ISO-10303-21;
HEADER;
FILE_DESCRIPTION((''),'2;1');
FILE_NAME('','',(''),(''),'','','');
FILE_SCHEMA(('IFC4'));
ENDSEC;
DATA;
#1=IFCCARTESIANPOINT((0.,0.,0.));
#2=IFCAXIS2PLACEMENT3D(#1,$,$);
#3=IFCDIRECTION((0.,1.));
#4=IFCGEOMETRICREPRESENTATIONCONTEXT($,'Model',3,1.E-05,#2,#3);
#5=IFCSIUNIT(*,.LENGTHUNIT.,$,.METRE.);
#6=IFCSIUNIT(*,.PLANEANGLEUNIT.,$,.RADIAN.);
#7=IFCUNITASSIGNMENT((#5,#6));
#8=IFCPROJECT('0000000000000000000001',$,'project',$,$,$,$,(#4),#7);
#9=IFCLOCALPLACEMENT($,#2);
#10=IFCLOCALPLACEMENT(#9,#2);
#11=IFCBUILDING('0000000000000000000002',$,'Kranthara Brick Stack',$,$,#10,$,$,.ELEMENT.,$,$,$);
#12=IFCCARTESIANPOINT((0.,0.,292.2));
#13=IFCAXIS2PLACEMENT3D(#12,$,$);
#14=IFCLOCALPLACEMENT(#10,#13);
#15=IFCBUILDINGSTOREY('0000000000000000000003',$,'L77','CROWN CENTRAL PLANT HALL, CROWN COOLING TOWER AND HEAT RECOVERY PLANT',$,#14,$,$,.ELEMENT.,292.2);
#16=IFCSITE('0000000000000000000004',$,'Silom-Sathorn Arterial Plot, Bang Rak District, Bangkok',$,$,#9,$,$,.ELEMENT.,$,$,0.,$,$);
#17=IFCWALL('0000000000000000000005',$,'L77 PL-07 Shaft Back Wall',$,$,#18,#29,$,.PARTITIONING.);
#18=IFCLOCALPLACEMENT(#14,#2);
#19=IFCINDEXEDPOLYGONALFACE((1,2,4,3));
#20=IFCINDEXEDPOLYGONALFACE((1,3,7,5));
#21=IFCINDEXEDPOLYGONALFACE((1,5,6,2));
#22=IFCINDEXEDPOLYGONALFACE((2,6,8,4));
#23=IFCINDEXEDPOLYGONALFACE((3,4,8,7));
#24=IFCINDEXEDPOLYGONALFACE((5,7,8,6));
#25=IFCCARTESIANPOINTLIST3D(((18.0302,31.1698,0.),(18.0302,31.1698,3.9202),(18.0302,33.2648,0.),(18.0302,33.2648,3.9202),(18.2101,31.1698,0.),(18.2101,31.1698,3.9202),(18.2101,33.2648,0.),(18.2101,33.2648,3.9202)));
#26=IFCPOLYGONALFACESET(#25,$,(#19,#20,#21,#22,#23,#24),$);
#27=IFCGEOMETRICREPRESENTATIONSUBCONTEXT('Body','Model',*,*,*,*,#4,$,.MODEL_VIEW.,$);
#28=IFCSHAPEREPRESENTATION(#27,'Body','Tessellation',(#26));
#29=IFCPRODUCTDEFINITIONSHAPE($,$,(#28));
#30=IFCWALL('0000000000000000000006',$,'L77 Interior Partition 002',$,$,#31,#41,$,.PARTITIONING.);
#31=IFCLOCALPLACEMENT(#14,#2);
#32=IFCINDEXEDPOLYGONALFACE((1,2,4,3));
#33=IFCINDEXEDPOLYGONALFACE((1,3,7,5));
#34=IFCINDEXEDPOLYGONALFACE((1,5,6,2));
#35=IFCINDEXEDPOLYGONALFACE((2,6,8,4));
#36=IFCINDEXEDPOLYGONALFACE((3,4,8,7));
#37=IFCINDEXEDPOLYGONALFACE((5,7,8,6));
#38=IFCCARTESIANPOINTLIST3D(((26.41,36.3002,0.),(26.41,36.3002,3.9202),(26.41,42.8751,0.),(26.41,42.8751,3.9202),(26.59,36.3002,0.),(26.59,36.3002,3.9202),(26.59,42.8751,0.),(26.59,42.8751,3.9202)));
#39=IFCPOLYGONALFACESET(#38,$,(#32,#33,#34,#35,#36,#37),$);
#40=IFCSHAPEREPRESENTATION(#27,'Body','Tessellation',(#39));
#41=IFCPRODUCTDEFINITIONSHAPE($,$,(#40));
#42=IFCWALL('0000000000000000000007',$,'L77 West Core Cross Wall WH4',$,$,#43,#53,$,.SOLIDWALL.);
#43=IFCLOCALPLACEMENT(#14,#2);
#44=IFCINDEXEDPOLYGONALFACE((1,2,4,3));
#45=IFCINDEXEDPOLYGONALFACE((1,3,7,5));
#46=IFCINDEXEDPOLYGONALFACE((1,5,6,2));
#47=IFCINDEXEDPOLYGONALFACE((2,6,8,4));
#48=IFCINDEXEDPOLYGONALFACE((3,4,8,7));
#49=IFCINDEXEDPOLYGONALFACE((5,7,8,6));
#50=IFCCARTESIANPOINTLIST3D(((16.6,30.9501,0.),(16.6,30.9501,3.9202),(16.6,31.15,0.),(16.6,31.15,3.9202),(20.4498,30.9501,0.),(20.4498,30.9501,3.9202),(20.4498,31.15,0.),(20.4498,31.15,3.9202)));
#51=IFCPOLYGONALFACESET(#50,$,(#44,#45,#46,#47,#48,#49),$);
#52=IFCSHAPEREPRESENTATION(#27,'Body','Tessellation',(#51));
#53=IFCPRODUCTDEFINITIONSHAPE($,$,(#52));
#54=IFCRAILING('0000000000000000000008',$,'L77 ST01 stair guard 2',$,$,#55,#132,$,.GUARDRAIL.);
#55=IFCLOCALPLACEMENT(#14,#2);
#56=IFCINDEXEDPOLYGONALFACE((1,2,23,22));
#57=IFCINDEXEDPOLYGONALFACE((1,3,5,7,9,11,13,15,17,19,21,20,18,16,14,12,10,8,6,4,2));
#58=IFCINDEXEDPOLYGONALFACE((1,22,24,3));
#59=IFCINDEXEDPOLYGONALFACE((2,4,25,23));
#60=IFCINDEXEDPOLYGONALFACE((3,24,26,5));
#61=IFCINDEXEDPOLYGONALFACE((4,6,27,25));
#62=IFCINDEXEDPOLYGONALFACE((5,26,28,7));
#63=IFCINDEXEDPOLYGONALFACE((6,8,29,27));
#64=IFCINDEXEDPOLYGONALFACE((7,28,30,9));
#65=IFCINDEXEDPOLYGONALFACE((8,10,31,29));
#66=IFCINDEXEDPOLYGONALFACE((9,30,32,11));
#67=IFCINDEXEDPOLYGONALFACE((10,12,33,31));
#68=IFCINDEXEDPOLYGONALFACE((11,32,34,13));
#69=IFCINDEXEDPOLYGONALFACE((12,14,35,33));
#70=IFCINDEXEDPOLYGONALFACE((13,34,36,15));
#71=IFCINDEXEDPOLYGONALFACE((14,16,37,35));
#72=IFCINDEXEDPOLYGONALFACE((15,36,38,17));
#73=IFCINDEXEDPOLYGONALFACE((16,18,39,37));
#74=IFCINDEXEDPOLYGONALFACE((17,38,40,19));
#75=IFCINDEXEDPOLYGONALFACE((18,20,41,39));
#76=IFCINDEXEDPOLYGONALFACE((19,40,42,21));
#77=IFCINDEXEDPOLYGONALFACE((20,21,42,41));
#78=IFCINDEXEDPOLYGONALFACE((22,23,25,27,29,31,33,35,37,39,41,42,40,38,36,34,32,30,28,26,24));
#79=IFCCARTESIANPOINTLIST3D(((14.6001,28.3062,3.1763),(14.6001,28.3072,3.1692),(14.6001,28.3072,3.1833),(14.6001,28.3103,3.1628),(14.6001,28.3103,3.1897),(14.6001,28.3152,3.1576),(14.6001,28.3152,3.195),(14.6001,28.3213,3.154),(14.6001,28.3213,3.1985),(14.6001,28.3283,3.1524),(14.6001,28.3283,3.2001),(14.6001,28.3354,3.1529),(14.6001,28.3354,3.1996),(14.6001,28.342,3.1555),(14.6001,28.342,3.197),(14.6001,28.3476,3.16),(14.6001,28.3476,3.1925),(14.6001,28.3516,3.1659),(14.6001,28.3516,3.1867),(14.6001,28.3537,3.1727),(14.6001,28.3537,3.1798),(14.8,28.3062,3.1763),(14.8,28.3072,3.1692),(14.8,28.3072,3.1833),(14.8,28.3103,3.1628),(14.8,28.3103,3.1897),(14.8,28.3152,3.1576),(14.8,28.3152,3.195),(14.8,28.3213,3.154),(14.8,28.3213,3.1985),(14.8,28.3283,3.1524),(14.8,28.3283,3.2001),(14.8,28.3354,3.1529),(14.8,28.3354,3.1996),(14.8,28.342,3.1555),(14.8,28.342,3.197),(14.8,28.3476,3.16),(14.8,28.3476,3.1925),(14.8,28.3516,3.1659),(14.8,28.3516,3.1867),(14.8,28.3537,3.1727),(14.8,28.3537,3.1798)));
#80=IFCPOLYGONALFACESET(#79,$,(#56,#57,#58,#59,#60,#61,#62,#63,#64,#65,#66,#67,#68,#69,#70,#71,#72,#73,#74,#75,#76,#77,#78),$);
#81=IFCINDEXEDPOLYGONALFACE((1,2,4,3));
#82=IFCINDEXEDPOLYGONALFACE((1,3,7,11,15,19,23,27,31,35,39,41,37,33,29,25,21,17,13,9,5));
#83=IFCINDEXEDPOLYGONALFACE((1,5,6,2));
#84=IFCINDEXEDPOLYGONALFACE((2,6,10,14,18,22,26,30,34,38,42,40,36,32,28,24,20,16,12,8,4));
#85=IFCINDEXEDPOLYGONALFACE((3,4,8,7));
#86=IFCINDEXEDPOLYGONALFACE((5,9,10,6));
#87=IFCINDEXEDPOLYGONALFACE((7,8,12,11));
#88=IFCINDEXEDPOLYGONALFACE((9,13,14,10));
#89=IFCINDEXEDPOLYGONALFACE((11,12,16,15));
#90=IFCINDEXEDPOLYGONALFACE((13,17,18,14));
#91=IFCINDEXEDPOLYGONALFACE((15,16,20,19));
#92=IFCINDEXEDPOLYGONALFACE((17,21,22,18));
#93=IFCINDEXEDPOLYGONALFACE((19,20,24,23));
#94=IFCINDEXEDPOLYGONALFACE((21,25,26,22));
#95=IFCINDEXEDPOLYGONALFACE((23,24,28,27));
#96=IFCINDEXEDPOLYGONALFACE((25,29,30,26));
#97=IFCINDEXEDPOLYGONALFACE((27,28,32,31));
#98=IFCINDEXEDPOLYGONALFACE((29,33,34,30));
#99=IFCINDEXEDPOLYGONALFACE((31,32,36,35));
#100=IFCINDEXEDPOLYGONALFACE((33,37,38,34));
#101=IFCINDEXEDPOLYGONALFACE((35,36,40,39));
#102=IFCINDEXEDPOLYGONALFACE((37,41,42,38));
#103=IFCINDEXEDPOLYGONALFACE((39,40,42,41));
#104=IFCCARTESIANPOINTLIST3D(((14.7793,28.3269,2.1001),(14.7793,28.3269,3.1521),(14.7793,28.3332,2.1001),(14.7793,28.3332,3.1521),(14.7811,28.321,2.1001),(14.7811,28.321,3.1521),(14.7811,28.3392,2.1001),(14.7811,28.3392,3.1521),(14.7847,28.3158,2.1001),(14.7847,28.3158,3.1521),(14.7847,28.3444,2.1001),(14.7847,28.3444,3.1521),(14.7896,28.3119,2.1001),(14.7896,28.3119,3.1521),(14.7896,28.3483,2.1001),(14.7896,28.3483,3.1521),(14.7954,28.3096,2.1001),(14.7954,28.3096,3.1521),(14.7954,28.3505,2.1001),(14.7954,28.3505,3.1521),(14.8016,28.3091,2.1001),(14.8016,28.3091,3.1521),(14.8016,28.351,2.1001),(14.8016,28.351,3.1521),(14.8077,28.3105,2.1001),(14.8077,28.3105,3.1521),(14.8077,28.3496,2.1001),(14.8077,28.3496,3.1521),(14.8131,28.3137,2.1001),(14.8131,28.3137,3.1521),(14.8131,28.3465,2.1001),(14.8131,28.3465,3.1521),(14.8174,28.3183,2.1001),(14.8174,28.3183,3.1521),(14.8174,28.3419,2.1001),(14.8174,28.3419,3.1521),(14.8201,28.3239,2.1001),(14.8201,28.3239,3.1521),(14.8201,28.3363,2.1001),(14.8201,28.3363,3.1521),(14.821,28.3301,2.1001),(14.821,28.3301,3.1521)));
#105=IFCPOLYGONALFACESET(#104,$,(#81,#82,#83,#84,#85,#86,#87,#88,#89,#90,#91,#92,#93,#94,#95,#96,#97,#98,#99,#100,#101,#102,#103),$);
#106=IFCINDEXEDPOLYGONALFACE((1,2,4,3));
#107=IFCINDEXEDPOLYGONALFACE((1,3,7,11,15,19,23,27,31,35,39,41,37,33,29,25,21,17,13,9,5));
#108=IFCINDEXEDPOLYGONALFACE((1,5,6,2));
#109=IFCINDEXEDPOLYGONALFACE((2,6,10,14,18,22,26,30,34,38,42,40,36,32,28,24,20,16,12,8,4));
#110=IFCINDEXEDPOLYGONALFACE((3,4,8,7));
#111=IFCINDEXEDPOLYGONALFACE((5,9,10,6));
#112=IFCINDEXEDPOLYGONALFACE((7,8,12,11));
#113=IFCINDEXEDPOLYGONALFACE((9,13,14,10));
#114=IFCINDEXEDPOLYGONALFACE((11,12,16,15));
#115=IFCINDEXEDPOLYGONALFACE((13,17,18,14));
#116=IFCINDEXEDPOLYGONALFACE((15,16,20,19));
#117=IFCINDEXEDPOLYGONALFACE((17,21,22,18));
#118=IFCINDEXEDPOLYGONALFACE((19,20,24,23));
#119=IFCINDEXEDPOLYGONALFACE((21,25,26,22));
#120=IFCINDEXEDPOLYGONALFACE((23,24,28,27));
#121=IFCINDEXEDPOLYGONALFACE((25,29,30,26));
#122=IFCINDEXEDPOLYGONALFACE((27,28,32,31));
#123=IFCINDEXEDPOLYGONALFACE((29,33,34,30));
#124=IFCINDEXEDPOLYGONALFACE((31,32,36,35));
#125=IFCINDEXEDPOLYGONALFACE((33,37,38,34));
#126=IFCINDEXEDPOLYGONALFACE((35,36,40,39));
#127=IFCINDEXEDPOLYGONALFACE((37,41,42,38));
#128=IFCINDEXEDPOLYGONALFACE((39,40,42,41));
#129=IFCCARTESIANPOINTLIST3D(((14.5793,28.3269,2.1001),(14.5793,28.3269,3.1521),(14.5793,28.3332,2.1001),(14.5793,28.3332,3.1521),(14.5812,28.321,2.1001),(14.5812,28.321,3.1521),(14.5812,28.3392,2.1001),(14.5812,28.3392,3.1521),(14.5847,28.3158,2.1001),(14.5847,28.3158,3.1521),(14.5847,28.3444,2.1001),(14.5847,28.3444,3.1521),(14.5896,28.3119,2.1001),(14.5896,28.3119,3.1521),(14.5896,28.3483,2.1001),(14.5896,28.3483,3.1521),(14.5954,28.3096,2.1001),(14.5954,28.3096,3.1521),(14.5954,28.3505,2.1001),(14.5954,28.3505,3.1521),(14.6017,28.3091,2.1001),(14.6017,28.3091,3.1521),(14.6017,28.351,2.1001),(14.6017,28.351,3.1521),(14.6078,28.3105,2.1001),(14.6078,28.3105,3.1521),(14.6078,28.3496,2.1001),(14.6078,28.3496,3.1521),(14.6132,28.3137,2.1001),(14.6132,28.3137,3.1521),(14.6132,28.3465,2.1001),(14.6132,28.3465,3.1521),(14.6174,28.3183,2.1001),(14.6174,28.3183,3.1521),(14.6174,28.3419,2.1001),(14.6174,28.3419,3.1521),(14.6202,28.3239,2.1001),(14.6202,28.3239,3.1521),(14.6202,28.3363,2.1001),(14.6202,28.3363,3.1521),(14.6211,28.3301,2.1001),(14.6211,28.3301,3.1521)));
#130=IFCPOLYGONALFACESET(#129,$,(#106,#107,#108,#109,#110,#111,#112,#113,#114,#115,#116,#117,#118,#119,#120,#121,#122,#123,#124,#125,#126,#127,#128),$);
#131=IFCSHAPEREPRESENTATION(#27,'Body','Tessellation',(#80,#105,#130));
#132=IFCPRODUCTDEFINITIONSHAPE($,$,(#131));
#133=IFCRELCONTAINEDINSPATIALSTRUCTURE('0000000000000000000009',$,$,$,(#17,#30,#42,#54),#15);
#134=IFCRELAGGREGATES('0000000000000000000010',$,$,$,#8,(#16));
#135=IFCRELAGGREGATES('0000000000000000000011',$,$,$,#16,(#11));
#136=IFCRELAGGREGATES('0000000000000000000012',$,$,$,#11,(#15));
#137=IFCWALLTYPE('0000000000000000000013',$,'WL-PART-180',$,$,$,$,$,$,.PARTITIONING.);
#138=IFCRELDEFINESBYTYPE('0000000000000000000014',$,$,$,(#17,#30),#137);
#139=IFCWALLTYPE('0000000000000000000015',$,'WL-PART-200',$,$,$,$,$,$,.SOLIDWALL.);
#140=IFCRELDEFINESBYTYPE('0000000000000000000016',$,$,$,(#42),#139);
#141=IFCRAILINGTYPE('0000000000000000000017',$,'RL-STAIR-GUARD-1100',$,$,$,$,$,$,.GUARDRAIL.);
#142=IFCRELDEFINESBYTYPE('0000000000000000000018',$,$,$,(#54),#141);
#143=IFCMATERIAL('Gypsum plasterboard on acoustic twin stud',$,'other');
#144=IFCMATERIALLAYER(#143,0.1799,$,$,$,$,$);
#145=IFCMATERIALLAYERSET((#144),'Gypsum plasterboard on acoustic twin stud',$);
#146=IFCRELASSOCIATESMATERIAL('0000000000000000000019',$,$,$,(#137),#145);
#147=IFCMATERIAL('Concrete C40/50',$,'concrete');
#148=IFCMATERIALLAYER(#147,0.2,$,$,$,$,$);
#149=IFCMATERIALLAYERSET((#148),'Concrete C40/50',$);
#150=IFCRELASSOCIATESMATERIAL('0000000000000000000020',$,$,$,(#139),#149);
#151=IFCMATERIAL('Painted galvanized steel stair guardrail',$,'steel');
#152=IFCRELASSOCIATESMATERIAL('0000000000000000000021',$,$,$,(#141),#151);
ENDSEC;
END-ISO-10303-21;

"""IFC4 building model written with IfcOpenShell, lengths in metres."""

from ifc_helpers import new_model, si_unit, direction, frame, frame_2d, origin, origin_2d, place, context, subcontext, project, spatial, rectangle, circle, extrude, material, layer, layer_set, type_object, element, save


model = new_model("IFC4")

# Units and contexts
model_context = context("Model", 3, precision=1e-05, world=origin(), true_north=direction((0.0, 1.0)))
body_context = subcontext(model_context, "Body", "Model", "MODEL_VIEW")
ifc_project = project(units=[si_unit("LENGTHUNIT", "METRE"), si_unit("PLANEANGLEUNIT", "RADIAN")], contexts=[model_context])

# Site, building, storey
site_placement = place(None, origin())
site = spatial("IfcSite", under=ifc_project, at=site_placement, Name="Silom-Sathorn Arterial Plot, Bang Rak District, Bangkok", CompositionType="ELEMENT", RefElevation=0.0)
building_placement = place(site_placement, origin())
building = spatial("IfcBuilding", under=site, at=building_placement, Name="Kranthara Brick Stack", CompositionType="ELEMENT")
storey_placement = place(building_placement, frame((0.0, 0.0, 292.2)))
storey = spatial("IfcBuildingStorey", under=building, at=storey_placement, Name="L77", Description="CROWN CENTRAL PLANT HALL, CROWN COOLING TOWER AND HEAT RECOVERY PLANT", CompositionType="ELEMENT", Elevation=292.2)

# Walls
ifc_material_1 = material(Name="Gypsum plasterboard on acoustic twin stud", Category="other")
ifc_layer_1 = layer(ifc_material_1, 0.1799)
ifc_layer_set_1 = layer_set([ifc_layer_1], Name="Gypsum plasterboard on acoustic twin stud")
wall_type_1 = type_object("IfcWallType", Name="WL-PART-180", PredefinedType="PARTITIONING", material=ifc_layer_set_1)
wall_1_placement = place(storey_placement, frame((18.1201, 31.1699, 0.0), z_axis=(0.0, 0.0, 1.0), x_axis=(0.0, 1.0, 0.0)))
element("IfcWall", 1, at=wall_1_placement, inside=storey, type_object=wall_type_1, Name="L77 PL-07 Shaft Back Wall", PredefinedType="PARTITIONING", context=body_context, shape_type="SweptSolid", body=[
    extrude(rectangle(XDim=2.095, YDim=0.1799, at=frame_2d((1.0474, 0.0))), origin(), (0.0, 0.0, 1.0), 3.9202),
])
wall_2_placement = place(storey_placement, frame((26.5, 36.3, 0.0), z_axis=(0.0, 0.0, 1.0), x_axis=(0.0, 1.0, 0.0)))
element("IfcWall", 2, at=wall_2_placement, inside=storey, type_object=wall_type_1, Name="L77 Interior Partition 002", PredefinedType="PARTITIONING", context=body_context, shape_type="SweptSolid", body=[
    extrude(rectangle(XDim=6.575, YDim=0.1799, at=frame_2d((3.2876, 0.0))), origin(), (0.0, 0.0, 1.0), 3.9202),
])
ifc_material_2 = material(Name="Concrete C40/50", Category="concrete")
ifc_layer_2 = layer(ifc_material_2, 0.2)
ifc_layer_set_2 = layer_set([ifc_layer_2], Name="Concrete C40/50")
wall_type_2 = type_object("IfcWallType", Name="WL-PART-200", PredefinedType="SOLIDWALL", material=ifc_layer_set_2)
wall_3_placement = place(storey_placement, frame((16.6001, 31.05, 0.0), z_axis=(0.0, 0.0, 1.0), x_axis=(1.0, 0.0, 0.0)))
element("IfcWall", 3, at=wall_3_placement, inside=storey, type_object=wall_type_2, Name="L77 West Core Cross Wall WH4", PredefinedType="SOLIDWALL", context=body_context, shape_type="SweptSolid", body=[
    extrude(rectangle(XDim=3.8499, YDim=0.2, at=frame_2d((1.9248, 0.0))), origin(), (0.0, 0.0, 1.0), 3.9202),
])

# Railing
ifc_material_3 = material(Name="Painted galvanized steel stair guardrail", Category="steel")
railing_type_1 = type_object("IfcRailingType", Name="RL-STAIR-GUARD-1100", PredefinedType="GUARDRAIL", material=ifc_material_3)
railing_1_placement = place(storey_placement, frame((14.8, 28.3301, 2.1001)))
element("IfcRailing", 4, at=railing_1_placement, inside=storey, type_object=railing_type_1, Name="L77 ST01 stair guard 2", PredefinedType="GUARDRAIL", context=body_context, shape_type="SweptSolid", body=[
    extrude(circle(Radius=0.0239, at=origin_2d()), frame((0.0, 0.0, 1.0762), z_axis=(-1.0, 0.0, 0.0), x_axis=(0.0, -1.0, 0.0)), (0.0, 0.0, 1.0), 0.2),
    extrude(circle(Radius=0.021, at=origin_2d()), origin(), (0.0, 0.0, 1.0), 1.052),
    extrude(circle(Radius=0.021, at=origin_2d()), frame((-0.2, 0.0, 0.0)), (0.0, 0.0, 1.0), 1.052),
])

save(model, "model.ifc")
